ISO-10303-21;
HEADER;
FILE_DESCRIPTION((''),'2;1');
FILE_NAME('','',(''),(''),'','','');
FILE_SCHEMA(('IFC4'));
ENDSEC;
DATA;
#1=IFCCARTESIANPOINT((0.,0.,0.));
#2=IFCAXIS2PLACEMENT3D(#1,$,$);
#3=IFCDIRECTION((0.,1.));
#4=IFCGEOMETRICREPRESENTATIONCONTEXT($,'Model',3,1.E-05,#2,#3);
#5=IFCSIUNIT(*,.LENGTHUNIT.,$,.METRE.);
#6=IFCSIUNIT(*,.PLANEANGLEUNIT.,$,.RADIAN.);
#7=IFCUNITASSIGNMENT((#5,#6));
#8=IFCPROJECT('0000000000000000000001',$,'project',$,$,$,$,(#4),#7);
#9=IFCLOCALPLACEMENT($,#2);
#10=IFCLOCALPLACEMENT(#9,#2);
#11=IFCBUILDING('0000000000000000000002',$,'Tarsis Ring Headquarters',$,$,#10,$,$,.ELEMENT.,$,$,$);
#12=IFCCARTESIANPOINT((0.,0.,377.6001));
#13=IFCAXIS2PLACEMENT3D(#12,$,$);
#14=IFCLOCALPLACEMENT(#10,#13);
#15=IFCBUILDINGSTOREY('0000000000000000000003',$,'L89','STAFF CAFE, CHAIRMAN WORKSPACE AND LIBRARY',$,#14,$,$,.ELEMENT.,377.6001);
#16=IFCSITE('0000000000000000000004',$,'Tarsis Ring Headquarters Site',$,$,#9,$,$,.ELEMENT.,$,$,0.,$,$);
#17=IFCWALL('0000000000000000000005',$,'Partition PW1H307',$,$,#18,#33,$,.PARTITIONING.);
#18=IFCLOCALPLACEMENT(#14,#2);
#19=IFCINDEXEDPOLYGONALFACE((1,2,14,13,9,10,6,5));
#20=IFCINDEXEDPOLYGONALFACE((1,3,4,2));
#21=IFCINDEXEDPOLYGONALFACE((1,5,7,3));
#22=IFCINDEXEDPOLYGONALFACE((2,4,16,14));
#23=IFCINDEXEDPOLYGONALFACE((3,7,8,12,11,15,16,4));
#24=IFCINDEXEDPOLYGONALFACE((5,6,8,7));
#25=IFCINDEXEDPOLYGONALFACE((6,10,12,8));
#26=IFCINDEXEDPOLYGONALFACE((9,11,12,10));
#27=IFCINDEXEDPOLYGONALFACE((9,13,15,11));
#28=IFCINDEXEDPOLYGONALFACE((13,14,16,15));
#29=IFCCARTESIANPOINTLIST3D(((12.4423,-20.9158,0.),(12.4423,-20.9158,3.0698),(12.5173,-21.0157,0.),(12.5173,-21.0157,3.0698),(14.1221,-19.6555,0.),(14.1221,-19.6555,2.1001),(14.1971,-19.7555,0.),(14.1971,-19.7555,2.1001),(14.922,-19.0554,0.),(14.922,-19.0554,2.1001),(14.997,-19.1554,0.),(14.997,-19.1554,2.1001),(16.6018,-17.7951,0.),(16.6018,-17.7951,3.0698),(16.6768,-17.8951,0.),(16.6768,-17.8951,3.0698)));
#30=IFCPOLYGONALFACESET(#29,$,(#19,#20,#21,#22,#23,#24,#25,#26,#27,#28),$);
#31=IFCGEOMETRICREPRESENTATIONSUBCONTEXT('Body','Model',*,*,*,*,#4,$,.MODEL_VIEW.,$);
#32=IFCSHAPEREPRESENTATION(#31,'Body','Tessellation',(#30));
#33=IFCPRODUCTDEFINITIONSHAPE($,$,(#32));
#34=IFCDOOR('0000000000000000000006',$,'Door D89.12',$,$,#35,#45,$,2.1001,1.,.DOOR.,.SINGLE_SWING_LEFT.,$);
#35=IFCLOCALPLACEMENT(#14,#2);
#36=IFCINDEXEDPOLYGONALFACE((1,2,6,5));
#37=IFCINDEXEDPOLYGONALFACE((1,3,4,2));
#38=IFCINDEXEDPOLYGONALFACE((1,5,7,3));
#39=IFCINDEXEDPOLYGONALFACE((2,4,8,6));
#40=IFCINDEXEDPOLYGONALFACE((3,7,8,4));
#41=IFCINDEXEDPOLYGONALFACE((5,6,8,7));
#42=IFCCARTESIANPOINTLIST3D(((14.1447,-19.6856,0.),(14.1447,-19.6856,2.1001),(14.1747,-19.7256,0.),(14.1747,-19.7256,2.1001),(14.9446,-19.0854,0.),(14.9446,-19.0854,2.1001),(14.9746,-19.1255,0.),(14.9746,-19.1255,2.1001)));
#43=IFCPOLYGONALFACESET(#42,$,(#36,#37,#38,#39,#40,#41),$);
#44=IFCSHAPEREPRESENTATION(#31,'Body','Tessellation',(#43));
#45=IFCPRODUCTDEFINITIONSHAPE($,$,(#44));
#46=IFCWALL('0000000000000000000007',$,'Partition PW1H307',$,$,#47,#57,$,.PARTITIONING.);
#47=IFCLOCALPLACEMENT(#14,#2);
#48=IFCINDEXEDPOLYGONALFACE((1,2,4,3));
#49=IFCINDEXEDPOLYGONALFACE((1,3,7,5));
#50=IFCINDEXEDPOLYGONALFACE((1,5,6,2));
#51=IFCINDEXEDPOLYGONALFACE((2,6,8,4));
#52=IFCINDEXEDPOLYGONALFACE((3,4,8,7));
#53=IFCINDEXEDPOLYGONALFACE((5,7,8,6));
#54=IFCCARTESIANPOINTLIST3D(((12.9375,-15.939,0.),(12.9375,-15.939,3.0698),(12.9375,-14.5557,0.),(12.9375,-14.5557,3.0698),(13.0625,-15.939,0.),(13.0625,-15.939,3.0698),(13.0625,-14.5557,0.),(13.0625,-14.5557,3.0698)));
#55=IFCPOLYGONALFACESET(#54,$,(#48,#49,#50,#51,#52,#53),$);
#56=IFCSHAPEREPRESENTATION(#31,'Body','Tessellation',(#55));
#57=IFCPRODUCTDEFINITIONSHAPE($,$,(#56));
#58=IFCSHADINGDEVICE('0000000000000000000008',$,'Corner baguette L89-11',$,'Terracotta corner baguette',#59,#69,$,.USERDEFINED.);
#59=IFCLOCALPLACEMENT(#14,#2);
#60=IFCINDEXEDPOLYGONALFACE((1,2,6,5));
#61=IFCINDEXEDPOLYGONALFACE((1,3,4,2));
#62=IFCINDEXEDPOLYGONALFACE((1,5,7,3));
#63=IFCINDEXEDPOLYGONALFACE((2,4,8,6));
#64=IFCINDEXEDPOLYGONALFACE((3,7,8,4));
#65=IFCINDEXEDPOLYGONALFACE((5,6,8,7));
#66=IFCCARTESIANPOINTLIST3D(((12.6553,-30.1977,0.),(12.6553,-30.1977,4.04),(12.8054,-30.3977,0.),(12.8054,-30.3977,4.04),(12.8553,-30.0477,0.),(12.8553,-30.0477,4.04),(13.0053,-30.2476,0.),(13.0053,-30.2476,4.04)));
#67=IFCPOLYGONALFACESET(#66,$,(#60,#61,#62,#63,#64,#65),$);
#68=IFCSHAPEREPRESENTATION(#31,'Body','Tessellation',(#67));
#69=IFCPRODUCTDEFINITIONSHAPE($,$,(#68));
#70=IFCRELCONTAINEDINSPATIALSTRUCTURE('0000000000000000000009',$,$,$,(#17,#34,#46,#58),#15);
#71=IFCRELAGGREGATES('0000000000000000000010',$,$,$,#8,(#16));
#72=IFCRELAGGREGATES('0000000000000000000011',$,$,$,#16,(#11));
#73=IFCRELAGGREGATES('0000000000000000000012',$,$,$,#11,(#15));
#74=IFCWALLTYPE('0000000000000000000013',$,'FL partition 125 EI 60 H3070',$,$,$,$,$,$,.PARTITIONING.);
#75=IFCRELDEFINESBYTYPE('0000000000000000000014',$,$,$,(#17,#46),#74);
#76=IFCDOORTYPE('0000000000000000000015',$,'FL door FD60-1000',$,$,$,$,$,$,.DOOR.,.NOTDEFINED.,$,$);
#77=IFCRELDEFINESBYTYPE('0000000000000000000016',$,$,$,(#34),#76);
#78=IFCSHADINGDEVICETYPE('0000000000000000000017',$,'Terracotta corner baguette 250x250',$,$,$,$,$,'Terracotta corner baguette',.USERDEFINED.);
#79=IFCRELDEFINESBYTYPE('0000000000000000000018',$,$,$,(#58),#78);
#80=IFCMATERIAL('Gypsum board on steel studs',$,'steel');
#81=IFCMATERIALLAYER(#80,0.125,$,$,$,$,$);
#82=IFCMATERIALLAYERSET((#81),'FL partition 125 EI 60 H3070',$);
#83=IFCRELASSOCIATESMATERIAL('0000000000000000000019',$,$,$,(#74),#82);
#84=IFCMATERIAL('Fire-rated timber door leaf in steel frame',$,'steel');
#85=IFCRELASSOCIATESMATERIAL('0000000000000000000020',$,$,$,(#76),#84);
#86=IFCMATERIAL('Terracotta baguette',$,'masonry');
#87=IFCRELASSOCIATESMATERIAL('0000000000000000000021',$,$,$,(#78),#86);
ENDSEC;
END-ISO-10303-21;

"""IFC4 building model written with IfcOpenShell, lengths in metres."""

from ifc_helpers import new_model, si_unit, direction, frame, frame_2d, origin, origin_2d, place, context, subcontext, project, spatial, rectangle, extrude, material, layer, layer_set, type_object, element, fill, save


model = new_model("IFC4")

# Units and contexts
model_context = context("Model", 3, precision=1e-05, world=origin(), true_north=direction((0.0, 1.0)))
body_context = subcontext(model_context, "Body", "Model", "MODEL_VIEW")
ifc_project = project(units=[si_unit("LENGTHUNIT", "METRE"), si_unit("PLANEANGLEUNIT", "RADIAN")], contexts=[model_context])

# Site, building, storey
site_placement = place(None, origin())
site = spatial("IfcSite", under=ifc_project, at=site_placement, Name="Tarsis Ring Headquarters Site", CompositionType="ELEMENT", RefElevation=0.0)
building_placement = place(site_placement, origin())
building = spatial("IfcBuilding", under=site, at=building_placement, Name="Tarsis Ring Headquarters", CompositionType="ELEMENT")
storey_placement = place(building_placement, frame((0.0, 0.0, 377.6001)))
storey = spatial("IfcBuildingStorey", under=building, at=storey_placement, Name="L89", Description="STAFF CAFE, CHAIRMAN WORKSPACE AND LIBRARY", CompositionType="ELEMENT", Elevation=377.6001)

# Shared definitions
ifc_material_1 = material(Name="Gypsum board on steel studs", Category="steel")
ifc_layer_1 = layer(ifc_material_1, 0.125)
ifc_layer_set_1 = layer_set([ifc_layer_1], Name="FL partition 125 EI 60 H3070")
wall_type_1 = type_object("IfcWallType", Name="FL partition 125 EI 60 H3070", PredefinedType="PARTITIONING", material=ifc_layer_set_1)

# Wall, opening, door
wall_1_placement = place(storey_placement, frame((12.4797, -20.9658, 0.0), z_axis=(0.0, 0.0, 1.0), x_axis=(0.799904, 0.600128, 0.0)))
wall_1 = element("IfcWall", 1, at=wall_1_placement, inside=storey, type_object=wall_type_1, Name="Partition PW1H307", PredefinedType="PARTITIONING", context=body_context, shape_type="SweptSolid", body=[
    extrude(rectangle(XDim=5.2, YDim=0.125, at=frame_2d((2.6001, 0.0))), origin(), (0.0, 0.0, 1.0), 3.0698),
])
opening_placement = place(wall_1_placement, frame((2.1001, 0.0, 0.0)))
opening = element("IfcOpeningElement", 2, at=opening_placement, cuts=wall_1, PredefinedType="OPENING", context=body_context, shape_type="SweptSolid", body=[
    extrude(rectangle(XDim=1.0, YDim=2.1001, at=frame_2d((0.5, 1.05))), frame((0.0, 0.0725, 0.0), z_axis=(0.0, -1.0, 0.0), x_axis=(1.0, 0.0, 0.0)), (0.0, 0.0, 1.0), 0.145),
])
ifc_material_2 = material(Name="Fire-rated timber door leaf in steel frame", Category="steel")
door_type = type_object("IfcDoorType", Name="FL door FD60-1000", OperationType="NOTDEFINED", PredefinedType="DOOR", material=ifc_material_2)
door_placement = place(opening_placement, origin())
door = element("IfcDoor", 3, at=door_placement, inside=storey, type_object=door_type, Name="Door D89.12", OperationType="SINGLE_SWING_LEFT", OverallHeight=2.1001, OverallWidth=1.0, PredefinedType="DOOR", context=body_context, shape_type="SweptSolid", body=[
    extrude(rectangle(XDim=1.0, YDim=2.1001, at=frame_2d((0.5, 1.05))), frame((0.0, 0.0249, 0.0), z_axis=(0.0, -1.0, 0.0), x_axis=(1.0, 0.0, 0.0)), (0.0, 0.0, 1.0), 0.05),
])
fill(opening, door)

# Wall
wall_2_placement = place(storey_placement, frame((13.0, -15.939, 0.0), z_axis=(0.0, 0.0, 1.0), x_axis=(0.0, 1.0, 0.0)))
element("IfcWall", 4, at=wall_2_placement, inside=storey, type_object=wall_type_1, Name="Partition PW1H307", PredefinedType="PARTITIONING", context=body_context, shape_type="SweptSolid", body=[
    extrude(rectangle(XDim=1.3833, YDim=0.125, at=frame_2d((0.6917, 0.0))), origin(), (0.0, 0.0, 1.0), 3.0698),
])

# Shading device
ifc_material_3 = material(Name="Terracotta baguette", Category="masonry")
shading_device_type_1 = type_object("IfcShadingDeviceType", Name="Terracotta corner baguette 250x250", ElementType="Terracotta corner baguette", PredefinedType="USERDEFINED", material=ifc_material_3)
shading_device_1_placement = place(storey_placement, frame((12.8303, -30.2227, 0.0), z_axis=(0.0, 0.0, 1.0), x_axis=(0.600141, -0.799894, 0.0)))
element("IfcShadingDevice", 5, at=shading_device_1_placement, inside=storey, type_object=shading_device_type_1, Name="Corner baguette L89-11", ObjectType="Terracotta corner baguette", PredefinedType="USERDEFINED", context=body_context, shape_type="SweptSolid", body=[
    extrude(rectangle(XDim=0.25, YDim=0.25, at=origin_2d()), origin(), (0.0, 0.0, 1.0), 4.04),
])

save(model, "model.ifc")
